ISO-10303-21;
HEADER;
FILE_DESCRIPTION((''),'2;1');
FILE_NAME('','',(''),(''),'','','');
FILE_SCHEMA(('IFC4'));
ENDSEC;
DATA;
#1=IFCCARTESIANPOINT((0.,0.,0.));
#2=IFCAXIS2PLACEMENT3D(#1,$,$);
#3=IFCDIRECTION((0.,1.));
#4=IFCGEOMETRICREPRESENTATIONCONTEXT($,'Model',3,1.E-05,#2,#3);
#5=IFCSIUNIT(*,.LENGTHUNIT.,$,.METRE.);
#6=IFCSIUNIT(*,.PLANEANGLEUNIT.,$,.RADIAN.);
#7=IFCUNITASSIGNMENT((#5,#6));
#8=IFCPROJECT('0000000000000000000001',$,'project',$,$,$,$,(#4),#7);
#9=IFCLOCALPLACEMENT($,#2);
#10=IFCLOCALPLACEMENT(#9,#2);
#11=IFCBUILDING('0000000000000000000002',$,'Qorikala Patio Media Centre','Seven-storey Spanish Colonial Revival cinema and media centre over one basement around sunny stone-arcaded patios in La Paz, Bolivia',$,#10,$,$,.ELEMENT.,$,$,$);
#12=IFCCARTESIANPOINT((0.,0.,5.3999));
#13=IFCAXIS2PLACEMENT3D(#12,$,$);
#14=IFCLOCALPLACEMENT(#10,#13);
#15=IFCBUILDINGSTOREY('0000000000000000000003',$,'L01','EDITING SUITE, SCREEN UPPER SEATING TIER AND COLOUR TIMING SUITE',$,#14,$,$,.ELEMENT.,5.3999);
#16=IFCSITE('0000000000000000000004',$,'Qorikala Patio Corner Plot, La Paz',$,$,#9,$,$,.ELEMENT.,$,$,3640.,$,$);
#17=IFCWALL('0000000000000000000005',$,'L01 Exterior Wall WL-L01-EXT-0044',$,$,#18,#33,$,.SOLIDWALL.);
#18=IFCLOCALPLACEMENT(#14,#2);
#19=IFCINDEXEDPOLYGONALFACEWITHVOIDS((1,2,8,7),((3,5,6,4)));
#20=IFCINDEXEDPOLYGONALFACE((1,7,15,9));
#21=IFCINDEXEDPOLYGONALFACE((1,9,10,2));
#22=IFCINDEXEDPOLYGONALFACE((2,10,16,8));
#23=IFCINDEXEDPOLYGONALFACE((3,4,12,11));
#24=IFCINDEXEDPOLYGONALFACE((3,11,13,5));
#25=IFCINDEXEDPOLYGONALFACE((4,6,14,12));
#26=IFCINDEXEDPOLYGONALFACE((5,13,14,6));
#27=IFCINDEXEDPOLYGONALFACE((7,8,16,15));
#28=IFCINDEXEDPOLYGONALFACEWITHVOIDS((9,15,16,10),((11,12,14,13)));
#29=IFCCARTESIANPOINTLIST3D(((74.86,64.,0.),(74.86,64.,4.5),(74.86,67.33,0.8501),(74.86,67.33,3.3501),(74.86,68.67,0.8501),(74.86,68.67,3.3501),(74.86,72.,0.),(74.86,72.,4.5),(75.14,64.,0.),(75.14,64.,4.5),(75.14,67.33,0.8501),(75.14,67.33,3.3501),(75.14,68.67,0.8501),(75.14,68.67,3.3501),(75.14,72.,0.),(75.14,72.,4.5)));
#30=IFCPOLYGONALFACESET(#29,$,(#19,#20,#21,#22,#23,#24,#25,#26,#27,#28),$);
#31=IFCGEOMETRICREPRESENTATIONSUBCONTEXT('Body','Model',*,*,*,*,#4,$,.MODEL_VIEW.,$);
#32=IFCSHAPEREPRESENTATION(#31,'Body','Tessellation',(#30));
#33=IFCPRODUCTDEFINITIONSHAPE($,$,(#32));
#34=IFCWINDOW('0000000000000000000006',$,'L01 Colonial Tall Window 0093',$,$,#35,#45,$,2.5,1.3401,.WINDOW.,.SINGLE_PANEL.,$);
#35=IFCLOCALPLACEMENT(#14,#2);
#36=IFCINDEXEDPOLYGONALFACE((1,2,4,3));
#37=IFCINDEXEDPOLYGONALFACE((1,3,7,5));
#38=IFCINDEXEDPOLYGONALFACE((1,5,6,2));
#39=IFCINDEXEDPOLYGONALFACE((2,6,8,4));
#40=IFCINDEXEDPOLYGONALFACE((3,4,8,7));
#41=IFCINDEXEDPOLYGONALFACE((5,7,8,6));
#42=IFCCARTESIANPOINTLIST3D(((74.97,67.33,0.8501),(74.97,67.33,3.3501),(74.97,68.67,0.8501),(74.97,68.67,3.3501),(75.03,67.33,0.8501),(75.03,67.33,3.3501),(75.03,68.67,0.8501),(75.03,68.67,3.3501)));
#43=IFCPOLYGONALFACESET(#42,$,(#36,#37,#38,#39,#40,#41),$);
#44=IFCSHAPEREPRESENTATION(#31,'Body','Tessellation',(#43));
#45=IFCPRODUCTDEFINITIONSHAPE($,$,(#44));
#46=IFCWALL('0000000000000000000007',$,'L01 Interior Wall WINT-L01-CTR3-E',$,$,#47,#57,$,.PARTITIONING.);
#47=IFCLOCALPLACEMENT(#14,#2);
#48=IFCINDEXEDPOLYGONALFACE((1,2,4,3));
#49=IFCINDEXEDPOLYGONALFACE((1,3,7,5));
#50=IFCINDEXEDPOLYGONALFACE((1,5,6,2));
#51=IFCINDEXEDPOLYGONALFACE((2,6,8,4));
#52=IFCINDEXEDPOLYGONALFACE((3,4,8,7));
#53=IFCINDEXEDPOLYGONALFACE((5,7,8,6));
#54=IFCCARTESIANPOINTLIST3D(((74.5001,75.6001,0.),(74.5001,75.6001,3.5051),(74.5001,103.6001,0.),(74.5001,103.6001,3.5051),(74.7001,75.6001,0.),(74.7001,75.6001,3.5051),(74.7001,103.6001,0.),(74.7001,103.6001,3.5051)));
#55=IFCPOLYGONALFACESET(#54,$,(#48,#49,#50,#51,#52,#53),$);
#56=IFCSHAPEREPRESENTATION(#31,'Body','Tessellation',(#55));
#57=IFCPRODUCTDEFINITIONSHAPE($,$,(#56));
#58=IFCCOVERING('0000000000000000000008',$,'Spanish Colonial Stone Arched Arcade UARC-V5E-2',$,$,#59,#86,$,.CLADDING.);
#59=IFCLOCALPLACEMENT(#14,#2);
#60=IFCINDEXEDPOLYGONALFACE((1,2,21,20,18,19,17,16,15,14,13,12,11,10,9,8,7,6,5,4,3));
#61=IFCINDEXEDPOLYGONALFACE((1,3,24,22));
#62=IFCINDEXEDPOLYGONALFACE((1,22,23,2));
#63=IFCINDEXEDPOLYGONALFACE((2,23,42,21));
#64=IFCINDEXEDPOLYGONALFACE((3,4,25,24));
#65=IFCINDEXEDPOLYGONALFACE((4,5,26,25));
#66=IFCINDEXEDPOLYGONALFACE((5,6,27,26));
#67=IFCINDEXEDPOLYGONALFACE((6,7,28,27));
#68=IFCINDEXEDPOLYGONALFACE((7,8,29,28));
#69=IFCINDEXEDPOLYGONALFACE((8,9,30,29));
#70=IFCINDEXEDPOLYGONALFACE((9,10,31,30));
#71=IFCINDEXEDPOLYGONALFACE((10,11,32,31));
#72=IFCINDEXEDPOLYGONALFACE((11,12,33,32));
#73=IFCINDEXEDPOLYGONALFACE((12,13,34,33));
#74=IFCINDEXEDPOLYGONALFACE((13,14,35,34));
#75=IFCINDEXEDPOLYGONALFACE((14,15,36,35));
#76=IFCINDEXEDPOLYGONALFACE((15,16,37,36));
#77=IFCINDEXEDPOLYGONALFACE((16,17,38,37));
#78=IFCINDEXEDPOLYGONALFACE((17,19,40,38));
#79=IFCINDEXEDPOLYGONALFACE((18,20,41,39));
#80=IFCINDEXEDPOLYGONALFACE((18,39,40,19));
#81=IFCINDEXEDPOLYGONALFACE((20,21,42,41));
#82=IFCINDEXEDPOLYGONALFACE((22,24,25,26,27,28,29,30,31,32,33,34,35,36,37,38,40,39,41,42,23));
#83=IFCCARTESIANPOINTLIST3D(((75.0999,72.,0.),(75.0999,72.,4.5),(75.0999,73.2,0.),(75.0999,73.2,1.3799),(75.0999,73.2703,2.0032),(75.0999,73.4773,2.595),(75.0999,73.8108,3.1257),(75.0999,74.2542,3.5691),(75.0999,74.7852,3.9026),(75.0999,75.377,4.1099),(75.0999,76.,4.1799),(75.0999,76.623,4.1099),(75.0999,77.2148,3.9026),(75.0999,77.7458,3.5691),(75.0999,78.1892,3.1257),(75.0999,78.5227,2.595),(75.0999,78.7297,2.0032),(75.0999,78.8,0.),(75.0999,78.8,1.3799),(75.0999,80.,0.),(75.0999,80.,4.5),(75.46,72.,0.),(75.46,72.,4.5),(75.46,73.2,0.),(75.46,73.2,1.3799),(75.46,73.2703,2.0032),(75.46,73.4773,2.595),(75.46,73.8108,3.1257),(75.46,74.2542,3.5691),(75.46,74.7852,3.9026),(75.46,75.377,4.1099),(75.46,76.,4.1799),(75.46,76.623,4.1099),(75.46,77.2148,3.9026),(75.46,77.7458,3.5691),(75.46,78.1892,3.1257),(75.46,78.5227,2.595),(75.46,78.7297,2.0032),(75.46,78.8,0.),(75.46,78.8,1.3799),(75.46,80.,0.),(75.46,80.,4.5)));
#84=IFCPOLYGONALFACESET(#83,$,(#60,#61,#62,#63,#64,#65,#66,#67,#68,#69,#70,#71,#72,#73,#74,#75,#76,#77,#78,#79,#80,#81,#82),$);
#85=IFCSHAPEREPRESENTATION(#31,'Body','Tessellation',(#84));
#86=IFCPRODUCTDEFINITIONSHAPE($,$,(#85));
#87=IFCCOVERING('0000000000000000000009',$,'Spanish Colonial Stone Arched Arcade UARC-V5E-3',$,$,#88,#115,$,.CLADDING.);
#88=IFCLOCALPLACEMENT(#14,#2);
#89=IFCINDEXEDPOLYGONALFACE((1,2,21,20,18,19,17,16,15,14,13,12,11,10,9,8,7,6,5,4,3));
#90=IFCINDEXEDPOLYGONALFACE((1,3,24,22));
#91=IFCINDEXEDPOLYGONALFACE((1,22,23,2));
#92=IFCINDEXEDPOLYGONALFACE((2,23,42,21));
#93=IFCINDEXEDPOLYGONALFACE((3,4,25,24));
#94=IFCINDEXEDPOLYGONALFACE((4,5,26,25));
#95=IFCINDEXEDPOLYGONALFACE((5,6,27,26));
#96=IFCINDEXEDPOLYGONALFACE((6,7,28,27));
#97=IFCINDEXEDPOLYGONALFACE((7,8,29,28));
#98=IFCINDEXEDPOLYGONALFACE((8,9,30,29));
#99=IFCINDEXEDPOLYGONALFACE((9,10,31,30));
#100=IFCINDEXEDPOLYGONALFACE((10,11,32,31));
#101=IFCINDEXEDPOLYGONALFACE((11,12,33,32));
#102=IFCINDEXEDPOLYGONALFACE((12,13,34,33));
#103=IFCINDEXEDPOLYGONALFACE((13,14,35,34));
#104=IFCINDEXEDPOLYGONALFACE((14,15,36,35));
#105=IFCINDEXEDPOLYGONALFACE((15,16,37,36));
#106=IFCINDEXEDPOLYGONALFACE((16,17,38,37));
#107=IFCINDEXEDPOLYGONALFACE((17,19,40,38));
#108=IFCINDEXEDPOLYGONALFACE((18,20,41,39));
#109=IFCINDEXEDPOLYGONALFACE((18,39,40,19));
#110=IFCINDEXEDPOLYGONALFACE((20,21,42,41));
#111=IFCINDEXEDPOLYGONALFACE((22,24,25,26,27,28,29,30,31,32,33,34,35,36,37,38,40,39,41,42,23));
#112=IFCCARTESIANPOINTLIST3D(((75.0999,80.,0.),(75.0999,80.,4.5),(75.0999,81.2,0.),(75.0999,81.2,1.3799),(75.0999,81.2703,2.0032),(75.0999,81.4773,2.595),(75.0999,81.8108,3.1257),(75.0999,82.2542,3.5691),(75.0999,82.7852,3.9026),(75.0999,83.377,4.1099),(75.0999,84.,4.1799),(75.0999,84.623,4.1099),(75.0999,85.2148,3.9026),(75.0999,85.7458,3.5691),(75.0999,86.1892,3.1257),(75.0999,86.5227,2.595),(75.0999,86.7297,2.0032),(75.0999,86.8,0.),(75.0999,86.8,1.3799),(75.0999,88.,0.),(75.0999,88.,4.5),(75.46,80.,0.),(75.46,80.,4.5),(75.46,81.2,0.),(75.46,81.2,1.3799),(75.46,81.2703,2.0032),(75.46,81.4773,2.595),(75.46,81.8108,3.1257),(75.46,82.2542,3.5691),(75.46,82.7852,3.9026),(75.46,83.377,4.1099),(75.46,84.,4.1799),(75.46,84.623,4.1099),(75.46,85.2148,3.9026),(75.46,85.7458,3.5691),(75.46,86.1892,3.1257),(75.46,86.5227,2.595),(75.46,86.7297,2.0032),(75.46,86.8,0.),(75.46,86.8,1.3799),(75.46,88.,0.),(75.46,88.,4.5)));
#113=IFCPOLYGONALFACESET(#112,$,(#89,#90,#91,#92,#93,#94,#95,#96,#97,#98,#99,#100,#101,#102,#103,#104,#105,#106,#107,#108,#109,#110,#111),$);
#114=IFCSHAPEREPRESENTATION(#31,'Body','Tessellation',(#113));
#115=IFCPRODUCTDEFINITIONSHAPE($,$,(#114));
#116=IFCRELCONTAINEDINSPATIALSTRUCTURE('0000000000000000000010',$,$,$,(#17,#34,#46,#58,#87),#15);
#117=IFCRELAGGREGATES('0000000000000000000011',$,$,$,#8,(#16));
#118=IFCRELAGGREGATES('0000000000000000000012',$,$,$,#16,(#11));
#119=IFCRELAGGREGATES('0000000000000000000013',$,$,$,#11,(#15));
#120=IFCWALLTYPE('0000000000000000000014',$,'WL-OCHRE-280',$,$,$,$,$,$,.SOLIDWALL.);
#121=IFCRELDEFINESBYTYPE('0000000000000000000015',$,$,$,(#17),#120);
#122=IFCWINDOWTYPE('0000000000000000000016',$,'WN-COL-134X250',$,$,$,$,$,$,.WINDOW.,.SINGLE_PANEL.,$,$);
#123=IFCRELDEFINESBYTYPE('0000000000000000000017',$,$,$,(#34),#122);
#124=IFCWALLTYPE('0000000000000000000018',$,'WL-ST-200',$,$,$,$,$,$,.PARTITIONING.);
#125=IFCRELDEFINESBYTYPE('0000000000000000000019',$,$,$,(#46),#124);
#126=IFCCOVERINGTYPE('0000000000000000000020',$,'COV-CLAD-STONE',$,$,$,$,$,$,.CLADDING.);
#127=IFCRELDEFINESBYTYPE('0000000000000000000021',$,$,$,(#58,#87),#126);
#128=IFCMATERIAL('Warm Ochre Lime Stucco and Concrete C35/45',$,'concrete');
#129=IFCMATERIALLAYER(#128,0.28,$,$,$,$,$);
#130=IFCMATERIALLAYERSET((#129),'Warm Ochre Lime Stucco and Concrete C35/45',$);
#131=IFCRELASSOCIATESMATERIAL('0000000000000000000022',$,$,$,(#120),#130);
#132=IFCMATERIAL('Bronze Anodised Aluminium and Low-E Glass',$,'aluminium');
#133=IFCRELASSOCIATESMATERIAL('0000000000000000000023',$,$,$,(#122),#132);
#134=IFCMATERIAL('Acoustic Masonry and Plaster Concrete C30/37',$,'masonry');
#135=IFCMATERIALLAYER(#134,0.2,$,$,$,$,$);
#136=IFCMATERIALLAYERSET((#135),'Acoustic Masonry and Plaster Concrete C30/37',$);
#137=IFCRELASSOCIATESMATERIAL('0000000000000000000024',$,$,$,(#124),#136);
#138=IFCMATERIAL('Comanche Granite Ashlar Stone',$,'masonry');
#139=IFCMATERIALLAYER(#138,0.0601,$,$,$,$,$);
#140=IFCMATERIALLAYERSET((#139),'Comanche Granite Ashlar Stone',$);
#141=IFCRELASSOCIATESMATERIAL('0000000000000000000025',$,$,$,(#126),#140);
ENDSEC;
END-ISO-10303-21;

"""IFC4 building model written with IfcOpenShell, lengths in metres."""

from ifc_helpers import new_model, si_unit, direction, frame, frame_2d, origin, place, context, subcontext, project, spatial, polyline, rectangle, outline, extrude, material, layer, layer_set, type_object, element, fill, save


model = new_model("IFC4")

# Units and contexts
model_context = context("Model", 3, precision=1e-05, world=origin(), true_north=direction((0.0, 1.0)))
body_context = subcontext(model_context, "Body", "Model", "MODEL_VIEW")
ifc_project = project(units=[si_unit("LENGTHUNIT", "METRE"), si_unit("PLANEANGLEUNIT", "RADIAN")], contexts=[model_context])

# Site, building, storey
site_placement = place(None, origin())
site = spatial("IfcSite", under=ifc_project, at=site_placement, Name="Qorikala Patio Corner Plot, La Paz", CompositionType="ELEMENT", RefElevation=3640.0)
building_placement = place(site_placement, origin())
building = spatial("IfcBuilding", under=site, at=building_placement, Name="Qorikala Patio Media Centre", Description="Seven-storey Spanish Colonial Revival cinema and media centre over one basement around sunny stone-arcaded patios in La Paz, Bolivia", CompositionType="ELEMENT")
storey_placement = place(building_placement, frame((0.0, 0.0, 5.3999)))
storey = spatial("IfcBuildingStorey", under=building, at=storey_placement, Name="L01", Description="EDITING SUITE, SCREEN UPPER SEATING TIER AND COLOUR TIMING SUITE", CompositionType="ELEMENT", Elevation=5.3999)

# Wall, opening, window
ifc_material_1 = material(Name="Warm Ochre Lime Stucco and Concrete C35/45", Category="concrete")
ifc_layer_1 = layer(ifc_material_1, 0.28)
ifc_layer_set_1 = layer_set([ifc_layer_1], Name="Warm Ochre Lime Stucco and Concrete C35/45")
wall_type_1 = type_object("IfcWallType", Name="WL-OCHRE-280", PredefinedType="SOLIDWALL", material=ifc_layer_set_1)
ifc_material_2 = material(Name="Bronze Anodised Aluminium and Low-E Glass", Category="aluminium")
wall_1_placement = place(storey_placement, frame((75.0, 72.0, 0.0), z_axis=(0.0, 0.0, 1.0), x_axis=(0.0, -1.0, 0.0)))
wall_1 = element("IfcWall", 1, at=wall_1_placement, inside=storey, type_object=wall_type_1, Name="L01 Exterior Wall WL-L01-EXT-0044", PredefinedType="SOLIDWALL", context=body_context, shape_type="SweptSolid", body=[
    extrude(rectangle(XDim=8.0, YDim=0.28, at=frame_2d((4.0, 0.0))), origin(), (0.0, 0.0, 1.0), 4.5),
])
opening_1_placement = place(wall_1_placement, frame((3.3301, 0.0, 0.8501)))
opening_1 = element("IfcOpeningElement", 2, at=opening_1_placement, cuts=wall_1, PredefinedType="OPENING", context=body_context, shape_type="SweptSolid", body=[
    extrude(rectangle(XDim=1.3401, YDim=2.5, at=frame_2d((0.6699, 1.25))), frame((0.0, 0.1499, 0.0), z_axis=(0.0, -1.0, 0.0), x_axis=(1.0, 0.0, 0.0)), (0.0, 0.0, 1.0), 0.3),
])
window_type_1 = type_object("IfcWindowType", Name="WN-COL-134X250", PartitioningType="SINGLE_PANEL", PredefinedType="WINDOW", material=ifc_material_2)
window_1_placement = place(opening_1_placement, origin())
window_1 = element("IfcWindow", 3, at=window_1_placement, inside=storey, type_object=window_type_1, Name="L01 Colonial Tall Window 0093", OverallHeight=2.5, OverallWidth=1.3401, PartitioningType="SINGLE_PANEL", PredefinedType="WINDOW", context=body_context, shape_type="SweptSolid", body=[
    extrude(rectangle(XDim=1.3401, YDim=2.5, at=frame_2d((0.6699, 1.25))), frame((0.0, 0.03, 0.0), z_axis=(0.0, -1.0, 0.0), x_axis=(1.0, 0.0, 0.0)), (0.0, 0.0, 1.0), 0.0601),
])
fill(opening_1, window_1)

# Wall
ifc_material_3 = material(Name="Acoustic Masonry and Plaster Concrete C30/37", Category="masonry")
ifc_layer_2 = layer(ifc_material_3, 0.2)
ifc_layer_set_2 = layer_set([ifc_layer_2], Name="Acoustic Masonry and Plaster Concrete C30/37")
wall_type_2 = type_object("IfcWallType", Name="WL-ST-200", PredefinedType="PARTITIONING", material=ifc_layer_set_2)
wall_2_placement = place(storey_placement, frame((74.6001, 75.6001, 0.0), z_axis=(0.0, 0.0, 1.0), x_axis=(0.0, 1.0, 0.0)))
element("IfcWall", 4, at=wall_2_placement, inside=storey, type_object=wall_type_2, Name="L01 Interior Wall WINT-L01-CTR3-E", PredefinedType="PARTITIONING", context=body_context, shape_type="SweptSolid", body=[
    extrude(rectangle(XDim=28.0, YDim=0.2, at=frame_2d((14.0, 0.0))), origin(), (0.0, 0.0, 1.0), 3.5051),
])

# Coverings
ifc_material_4 = material(Name="Comanche Granite Ashlar Stone", Category="masonry")
ifc_layer_3 = layer(ifc_material_4, 0.0601)
ifc_layer_set_3 = layer_set([ifc_layer_3], Name="Comanche Granite Ashlar Stone")
covering_type = type_object("IfcCoveringType", Name="COV-CLAD-STONE", PredefinedType="CLADDING", material=ifc_layer_set_3)
for number, where, z_axis, x_axis, name in (
    (5, (75.28, 72.0, 0.0), (0.0, 0.0, 1.0), (0.0, 1.0, 0.0), "Spanish Colonial Stone Arched Arcade UARC-V5E-2"),
    (6, (75.28, 80.0, 0.0), (0.0, 0.0, 1.0), (0.0, 1.0, 0.0), "Spanish Colonial Stone Arched Arcade UARC-V5E-3"),
):
    element("IfcCovering", number, at=place(storey_placement, frame(where, z_axis=z_axis, x_axis=x_axis)), inside=storey, type_object=covering_type, Name=name, PredefinedType="CLADDING", context=body_context, shape_type="SweptSolid", body=[
        extrude(outline(polyline([(0.0, 0.0), (1.2, 0.0), (1.2, 1.3799), (1.2703, 2.0032), (1.4773, 2.595), (1.8108, 3.1257), (2.2542, 3.5691), (2.7852, 3.9026), (3.377, 4.1099), (4.0, 4.1799), (4.623, 4.1099), (5.2148, 3.9026), (5.7458, 3.5691), (6.1892, 3.1257), (6.5227, 2.595), (6.7297, 2.0032), (6.8, 1.3799), (6.8, 0.0), (8.0, 0.0), (8.0, 4.5), (0.0, 4.5), (0.0, 0.0)])), frame((0.0, 0.1802, 0.0), z_axis=(0.0, -1.0, 0.0), x_axis=(1.0, 0.0, 0.0)), (0.0, 0.0, 1.0), 0.3601),
    ])

save(model, "model.ifc")
